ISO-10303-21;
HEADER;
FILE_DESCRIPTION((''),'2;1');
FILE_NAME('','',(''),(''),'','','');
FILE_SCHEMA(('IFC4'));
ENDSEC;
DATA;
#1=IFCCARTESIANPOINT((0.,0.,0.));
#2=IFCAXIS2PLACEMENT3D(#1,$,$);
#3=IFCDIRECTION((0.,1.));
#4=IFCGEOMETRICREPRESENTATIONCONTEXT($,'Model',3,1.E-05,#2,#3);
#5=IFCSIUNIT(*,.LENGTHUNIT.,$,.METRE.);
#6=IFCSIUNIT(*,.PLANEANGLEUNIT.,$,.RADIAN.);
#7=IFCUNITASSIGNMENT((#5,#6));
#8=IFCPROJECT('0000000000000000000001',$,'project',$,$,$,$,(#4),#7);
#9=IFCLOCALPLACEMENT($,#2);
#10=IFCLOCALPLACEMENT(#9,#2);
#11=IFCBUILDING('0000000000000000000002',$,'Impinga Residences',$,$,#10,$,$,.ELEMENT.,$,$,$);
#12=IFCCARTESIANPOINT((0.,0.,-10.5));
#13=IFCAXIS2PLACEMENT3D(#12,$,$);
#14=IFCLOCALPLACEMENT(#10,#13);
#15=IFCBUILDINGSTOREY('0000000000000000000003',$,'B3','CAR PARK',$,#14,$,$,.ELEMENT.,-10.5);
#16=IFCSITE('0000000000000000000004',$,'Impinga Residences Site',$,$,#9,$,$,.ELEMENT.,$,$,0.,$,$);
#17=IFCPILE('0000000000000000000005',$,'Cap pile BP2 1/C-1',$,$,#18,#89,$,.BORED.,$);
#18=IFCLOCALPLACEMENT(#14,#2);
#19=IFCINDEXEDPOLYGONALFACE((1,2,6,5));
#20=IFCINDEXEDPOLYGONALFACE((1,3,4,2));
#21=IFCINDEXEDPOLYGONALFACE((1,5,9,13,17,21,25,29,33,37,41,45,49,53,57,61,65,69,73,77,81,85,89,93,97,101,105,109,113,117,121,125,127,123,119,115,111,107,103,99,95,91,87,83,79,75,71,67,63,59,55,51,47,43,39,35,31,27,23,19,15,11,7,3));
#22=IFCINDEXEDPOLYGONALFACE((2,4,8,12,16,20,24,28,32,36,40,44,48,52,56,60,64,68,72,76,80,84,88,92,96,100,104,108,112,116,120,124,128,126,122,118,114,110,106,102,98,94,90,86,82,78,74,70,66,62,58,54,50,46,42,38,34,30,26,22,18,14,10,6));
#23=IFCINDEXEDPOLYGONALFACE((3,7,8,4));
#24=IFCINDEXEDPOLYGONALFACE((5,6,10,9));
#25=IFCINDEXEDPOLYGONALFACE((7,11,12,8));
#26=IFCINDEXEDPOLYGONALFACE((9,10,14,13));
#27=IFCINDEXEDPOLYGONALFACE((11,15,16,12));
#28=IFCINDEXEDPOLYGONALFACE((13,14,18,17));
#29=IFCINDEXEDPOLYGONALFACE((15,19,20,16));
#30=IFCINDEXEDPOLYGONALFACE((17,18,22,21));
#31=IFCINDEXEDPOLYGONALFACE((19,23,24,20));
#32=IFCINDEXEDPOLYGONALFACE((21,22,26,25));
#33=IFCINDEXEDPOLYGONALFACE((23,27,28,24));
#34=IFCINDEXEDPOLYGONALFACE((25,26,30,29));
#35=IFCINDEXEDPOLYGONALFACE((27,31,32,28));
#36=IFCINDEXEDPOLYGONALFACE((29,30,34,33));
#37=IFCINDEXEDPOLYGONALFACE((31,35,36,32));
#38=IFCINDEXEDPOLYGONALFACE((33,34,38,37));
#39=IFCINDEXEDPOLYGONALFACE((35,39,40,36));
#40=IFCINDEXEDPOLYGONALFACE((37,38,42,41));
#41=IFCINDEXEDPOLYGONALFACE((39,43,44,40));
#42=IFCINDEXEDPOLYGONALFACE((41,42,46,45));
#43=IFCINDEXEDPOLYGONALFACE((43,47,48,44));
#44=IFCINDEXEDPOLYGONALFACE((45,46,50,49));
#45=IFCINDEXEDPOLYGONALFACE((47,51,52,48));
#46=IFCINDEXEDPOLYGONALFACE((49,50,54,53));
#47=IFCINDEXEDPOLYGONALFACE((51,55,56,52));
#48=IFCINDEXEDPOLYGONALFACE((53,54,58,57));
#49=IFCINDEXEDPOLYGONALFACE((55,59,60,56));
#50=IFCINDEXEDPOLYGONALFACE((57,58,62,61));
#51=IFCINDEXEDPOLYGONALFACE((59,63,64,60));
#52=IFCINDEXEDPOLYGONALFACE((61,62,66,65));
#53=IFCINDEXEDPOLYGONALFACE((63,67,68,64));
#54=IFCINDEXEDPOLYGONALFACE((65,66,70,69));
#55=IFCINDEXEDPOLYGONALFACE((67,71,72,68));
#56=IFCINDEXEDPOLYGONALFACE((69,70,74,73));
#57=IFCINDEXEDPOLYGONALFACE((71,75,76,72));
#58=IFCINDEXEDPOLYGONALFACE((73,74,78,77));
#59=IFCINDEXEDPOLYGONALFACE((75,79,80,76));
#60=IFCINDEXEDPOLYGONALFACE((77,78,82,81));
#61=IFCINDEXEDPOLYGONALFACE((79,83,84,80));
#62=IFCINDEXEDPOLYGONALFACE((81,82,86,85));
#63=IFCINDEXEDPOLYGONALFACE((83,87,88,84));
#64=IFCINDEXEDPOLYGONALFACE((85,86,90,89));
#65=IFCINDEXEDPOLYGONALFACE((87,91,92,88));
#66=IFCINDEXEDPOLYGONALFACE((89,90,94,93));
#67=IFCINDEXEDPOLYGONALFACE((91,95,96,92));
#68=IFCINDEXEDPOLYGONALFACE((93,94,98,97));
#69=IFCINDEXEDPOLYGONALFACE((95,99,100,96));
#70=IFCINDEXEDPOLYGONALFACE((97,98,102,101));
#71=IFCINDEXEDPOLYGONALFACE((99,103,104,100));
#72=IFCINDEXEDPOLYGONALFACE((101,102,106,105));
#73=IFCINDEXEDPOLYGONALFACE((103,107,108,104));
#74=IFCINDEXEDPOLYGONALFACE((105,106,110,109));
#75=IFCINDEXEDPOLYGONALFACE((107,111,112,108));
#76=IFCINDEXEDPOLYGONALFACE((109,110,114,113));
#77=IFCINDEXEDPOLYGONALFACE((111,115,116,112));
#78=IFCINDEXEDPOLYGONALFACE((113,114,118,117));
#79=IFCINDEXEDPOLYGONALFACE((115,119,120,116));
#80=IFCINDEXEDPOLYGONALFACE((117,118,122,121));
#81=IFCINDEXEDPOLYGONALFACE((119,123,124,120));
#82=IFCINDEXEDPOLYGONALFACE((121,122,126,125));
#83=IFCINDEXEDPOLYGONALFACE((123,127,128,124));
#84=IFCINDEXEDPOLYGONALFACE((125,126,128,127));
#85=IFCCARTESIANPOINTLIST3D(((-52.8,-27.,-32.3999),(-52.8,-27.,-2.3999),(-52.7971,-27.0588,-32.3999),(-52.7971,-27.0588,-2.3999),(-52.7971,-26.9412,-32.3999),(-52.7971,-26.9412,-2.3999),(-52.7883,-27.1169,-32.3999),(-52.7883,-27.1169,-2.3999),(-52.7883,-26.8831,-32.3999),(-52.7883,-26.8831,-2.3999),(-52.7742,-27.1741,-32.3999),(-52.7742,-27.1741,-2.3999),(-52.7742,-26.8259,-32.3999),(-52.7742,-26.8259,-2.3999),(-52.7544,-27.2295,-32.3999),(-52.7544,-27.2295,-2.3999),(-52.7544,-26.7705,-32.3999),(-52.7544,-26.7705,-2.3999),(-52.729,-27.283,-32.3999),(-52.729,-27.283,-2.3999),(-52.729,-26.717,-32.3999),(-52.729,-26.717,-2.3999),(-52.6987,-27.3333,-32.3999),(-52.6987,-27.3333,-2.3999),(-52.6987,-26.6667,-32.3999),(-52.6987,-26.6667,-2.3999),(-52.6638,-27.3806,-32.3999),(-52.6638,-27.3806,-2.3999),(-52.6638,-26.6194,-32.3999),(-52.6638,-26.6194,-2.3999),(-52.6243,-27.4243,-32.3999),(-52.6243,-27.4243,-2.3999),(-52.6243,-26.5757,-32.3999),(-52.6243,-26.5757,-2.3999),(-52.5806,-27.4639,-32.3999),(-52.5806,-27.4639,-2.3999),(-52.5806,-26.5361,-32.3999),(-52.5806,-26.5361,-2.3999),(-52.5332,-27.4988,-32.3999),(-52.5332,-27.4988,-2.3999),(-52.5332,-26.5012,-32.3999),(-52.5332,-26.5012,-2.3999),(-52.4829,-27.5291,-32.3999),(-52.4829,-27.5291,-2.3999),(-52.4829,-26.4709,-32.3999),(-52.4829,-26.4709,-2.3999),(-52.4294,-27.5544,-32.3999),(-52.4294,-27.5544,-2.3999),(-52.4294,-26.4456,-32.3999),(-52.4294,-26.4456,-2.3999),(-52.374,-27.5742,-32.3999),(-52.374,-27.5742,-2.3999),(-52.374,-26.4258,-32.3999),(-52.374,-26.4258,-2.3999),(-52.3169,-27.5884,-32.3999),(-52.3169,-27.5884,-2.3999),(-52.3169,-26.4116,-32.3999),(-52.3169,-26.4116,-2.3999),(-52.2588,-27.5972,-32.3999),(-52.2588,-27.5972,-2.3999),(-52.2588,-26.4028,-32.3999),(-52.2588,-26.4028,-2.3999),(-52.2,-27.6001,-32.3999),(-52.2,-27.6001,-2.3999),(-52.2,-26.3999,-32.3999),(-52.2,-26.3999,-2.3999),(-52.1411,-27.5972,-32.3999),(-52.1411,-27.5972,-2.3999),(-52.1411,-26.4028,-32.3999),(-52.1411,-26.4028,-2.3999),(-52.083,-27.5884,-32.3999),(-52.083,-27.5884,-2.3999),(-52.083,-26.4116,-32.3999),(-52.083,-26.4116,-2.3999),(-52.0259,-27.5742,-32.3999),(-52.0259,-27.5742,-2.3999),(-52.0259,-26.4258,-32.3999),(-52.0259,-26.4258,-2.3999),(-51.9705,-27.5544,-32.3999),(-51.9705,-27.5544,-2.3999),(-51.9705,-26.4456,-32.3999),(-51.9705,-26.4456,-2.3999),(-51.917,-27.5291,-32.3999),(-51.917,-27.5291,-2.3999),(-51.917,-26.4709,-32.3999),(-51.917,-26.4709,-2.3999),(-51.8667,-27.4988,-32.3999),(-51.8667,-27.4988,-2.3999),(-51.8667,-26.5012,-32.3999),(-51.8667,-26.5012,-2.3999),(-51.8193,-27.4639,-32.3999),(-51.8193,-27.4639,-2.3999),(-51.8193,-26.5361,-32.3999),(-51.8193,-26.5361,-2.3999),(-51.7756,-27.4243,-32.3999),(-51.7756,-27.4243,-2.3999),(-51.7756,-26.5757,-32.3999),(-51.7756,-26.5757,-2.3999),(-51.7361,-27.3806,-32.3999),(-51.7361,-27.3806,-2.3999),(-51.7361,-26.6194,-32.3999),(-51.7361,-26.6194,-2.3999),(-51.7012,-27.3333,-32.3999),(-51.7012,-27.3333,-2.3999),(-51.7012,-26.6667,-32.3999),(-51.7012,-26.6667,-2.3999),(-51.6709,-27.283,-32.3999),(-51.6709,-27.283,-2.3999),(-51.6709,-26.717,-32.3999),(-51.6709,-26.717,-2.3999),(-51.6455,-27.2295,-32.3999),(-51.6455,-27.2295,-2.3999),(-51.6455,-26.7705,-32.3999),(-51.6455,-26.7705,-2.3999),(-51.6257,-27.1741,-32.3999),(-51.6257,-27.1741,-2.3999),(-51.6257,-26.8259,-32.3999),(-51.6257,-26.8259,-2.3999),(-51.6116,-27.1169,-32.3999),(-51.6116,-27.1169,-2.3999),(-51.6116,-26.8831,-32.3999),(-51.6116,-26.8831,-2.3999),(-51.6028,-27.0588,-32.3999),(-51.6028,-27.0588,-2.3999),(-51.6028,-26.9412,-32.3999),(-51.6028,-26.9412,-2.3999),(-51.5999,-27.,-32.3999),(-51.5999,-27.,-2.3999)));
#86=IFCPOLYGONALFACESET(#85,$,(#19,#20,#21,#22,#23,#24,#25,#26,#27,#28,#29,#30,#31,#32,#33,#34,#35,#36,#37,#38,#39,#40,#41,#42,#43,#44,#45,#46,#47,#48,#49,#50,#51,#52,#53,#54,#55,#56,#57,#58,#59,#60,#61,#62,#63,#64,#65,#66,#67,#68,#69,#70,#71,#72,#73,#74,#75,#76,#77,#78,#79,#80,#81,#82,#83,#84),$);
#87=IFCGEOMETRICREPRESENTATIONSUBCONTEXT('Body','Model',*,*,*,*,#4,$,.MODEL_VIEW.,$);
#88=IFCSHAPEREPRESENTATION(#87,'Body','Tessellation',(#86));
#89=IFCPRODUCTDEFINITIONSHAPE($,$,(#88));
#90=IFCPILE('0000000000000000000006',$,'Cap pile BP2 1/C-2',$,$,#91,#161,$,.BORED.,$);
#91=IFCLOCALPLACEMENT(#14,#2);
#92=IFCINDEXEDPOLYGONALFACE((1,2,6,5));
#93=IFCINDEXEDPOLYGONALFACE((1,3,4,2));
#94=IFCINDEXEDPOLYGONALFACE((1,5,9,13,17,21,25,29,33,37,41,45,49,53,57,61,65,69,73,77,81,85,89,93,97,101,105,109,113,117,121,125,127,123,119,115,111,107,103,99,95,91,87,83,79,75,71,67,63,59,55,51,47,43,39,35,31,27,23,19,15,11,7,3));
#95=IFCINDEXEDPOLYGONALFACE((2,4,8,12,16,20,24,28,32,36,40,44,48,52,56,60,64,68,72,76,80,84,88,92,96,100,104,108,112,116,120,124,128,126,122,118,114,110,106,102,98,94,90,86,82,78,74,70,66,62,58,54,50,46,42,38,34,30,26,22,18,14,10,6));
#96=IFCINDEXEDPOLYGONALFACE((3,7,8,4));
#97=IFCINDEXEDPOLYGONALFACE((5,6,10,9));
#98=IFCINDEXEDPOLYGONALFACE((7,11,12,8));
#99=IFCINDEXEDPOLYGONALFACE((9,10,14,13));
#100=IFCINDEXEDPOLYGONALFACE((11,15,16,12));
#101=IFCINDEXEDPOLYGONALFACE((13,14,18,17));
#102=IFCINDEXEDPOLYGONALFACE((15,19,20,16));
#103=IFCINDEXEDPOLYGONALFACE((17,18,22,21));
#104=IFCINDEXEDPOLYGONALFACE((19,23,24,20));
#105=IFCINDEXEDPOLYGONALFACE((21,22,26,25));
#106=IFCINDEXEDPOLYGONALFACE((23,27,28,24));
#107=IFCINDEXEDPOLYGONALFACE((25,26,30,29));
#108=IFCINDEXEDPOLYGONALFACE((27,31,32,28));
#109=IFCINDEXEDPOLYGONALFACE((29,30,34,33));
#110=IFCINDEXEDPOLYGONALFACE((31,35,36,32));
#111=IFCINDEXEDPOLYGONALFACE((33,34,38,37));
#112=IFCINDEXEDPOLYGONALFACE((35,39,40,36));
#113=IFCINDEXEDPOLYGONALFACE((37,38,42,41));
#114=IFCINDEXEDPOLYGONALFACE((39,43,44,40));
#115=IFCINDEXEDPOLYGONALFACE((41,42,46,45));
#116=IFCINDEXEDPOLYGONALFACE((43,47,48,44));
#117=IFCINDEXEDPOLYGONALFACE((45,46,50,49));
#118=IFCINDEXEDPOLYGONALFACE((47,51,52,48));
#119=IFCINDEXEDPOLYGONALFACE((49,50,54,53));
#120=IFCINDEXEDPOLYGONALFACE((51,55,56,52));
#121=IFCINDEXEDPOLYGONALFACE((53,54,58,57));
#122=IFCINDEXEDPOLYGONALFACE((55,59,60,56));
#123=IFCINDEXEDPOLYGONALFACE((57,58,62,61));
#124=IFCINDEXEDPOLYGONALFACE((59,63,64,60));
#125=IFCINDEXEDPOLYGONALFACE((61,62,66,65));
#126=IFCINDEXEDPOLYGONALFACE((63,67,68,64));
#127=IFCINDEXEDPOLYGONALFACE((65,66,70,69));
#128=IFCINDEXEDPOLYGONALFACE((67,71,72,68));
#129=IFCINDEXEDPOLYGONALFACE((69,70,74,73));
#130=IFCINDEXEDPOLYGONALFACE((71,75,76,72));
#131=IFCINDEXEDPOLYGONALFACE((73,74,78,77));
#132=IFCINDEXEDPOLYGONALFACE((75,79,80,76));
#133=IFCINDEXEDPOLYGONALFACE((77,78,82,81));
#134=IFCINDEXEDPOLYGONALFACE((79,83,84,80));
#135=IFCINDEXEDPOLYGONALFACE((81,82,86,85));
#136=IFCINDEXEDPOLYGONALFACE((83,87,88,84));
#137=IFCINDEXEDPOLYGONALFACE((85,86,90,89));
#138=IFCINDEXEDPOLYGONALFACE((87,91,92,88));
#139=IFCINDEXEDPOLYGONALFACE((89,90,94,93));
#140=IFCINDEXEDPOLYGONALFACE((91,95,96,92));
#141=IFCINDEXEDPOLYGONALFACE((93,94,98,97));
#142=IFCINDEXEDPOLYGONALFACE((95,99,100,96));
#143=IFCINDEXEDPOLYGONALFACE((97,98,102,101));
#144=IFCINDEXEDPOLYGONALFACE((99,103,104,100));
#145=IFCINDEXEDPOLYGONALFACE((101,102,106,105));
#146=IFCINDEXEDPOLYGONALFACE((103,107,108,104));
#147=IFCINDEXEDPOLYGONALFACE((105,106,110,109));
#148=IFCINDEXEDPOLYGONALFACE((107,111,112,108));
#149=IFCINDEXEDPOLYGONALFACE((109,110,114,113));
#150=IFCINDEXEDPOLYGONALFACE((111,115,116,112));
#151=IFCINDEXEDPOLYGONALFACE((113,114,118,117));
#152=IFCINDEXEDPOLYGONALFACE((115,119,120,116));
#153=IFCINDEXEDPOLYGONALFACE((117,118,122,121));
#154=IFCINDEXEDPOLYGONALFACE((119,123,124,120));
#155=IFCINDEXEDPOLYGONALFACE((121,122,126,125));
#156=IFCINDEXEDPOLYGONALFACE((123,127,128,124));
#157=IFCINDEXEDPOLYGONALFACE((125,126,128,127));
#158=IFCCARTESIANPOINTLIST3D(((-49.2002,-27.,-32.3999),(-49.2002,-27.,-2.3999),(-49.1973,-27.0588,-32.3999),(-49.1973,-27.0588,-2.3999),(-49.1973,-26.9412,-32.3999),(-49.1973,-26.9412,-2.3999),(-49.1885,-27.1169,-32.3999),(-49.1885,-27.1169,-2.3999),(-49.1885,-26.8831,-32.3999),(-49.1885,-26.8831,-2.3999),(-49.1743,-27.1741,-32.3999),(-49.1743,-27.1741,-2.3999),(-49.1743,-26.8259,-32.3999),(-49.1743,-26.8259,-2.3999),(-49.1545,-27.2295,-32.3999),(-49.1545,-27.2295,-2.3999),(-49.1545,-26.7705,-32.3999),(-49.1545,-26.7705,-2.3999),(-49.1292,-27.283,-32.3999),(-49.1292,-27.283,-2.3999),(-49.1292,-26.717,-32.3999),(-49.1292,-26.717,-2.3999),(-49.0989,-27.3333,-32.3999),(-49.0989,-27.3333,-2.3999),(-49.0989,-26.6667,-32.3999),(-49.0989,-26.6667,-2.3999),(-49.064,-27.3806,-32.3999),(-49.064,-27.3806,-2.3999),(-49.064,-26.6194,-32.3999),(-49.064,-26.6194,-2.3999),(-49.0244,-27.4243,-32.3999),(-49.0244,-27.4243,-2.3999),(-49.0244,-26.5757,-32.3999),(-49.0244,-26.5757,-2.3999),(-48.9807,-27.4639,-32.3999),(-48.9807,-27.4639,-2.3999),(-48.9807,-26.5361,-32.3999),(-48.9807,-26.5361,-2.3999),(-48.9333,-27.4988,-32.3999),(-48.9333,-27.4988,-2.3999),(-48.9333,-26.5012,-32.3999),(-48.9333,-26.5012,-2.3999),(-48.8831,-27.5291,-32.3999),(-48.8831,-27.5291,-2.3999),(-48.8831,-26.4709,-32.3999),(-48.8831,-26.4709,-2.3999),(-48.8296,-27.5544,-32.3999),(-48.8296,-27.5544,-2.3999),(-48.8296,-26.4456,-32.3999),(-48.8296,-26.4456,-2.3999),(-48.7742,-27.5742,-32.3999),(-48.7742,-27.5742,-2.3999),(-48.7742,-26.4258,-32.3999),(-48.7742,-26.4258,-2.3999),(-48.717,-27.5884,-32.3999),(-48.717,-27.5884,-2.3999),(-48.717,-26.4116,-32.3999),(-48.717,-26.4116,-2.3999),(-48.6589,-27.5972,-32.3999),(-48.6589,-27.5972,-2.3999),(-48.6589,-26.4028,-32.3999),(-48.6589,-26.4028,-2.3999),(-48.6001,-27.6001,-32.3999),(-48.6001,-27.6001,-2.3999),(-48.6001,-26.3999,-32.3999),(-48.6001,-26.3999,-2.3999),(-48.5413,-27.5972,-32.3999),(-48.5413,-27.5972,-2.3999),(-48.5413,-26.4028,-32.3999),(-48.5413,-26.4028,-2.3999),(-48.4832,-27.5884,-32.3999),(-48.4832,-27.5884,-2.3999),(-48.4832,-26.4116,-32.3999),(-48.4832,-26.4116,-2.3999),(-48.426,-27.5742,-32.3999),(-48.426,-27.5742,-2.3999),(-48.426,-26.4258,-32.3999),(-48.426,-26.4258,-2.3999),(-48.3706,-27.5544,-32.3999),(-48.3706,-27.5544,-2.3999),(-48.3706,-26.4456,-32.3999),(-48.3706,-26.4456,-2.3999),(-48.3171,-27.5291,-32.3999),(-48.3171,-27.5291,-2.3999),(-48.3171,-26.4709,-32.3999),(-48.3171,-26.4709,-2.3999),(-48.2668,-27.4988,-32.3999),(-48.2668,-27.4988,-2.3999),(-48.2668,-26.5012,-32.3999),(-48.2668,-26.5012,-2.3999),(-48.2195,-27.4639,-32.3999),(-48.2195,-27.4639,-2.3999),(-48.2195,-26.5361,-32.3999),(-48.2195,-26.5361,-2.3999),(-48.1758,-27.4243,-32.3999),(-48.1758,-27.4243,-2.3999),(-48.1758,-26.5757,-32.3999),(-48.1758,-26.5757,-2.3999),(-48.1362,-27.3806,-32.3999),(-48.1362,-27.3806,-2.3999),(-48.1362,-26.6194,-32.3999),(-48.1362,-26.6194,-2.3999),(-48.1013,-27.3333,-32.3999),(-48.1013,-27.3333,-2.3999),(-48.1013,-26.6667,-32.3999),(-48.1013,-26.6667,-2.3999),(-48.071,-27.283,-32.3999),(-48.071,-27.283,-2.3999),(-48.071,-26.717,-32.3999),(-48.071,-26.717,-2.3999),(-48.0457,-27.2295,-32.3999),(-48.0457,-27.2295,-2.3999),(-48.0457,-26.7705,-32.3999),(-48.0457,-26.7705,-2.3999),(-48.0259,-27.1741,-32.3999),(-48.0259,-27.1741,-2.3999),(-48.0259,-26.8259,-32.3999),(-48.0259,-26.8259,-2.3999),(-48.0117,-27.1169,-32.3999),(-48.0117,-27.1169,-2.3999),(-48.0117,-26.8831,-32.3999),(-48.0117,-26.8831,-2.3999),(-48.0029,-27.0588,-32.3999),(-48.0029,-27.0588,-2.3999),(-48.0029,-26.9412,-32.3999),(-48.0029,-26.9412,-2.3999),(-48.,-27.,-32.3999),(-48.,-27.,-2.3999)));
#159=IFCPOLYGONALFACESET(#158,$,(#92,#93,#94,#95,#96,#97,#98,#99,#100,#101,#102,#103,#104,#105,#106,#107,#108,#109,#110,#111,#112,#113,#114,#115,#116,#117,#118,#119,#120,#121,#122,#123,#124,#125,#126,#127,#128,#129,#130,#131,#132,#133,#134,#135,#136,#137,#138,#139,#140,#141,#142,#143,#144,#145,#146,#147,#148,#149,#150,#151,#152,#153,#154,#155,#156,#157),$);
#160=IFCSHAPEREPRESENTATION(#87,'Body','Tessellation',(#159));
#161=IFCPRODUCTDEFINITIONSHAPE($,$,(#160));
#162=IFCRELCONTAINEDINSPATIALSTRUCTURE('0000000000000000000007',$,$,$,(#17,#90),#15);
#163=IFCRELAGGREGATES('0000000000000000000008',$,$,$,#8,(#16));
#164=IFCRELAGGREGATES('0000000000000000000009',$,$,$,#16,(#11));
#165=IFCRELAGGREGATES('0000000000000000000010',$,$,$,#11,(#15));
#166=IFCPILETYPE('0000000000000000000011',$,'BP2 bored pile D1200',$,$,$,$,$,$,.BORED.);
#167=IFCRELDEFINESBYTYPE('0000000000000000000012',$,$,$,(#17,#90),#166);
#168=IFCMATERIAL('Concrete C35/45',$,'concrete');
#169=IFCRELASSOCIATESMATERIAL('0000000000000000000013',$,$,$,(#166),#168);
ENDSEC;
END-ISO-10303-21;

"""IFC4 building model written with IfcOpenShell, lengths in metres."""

from ifc_helpers import new_model, si_unit, direction, frame, origin, origin_2d, place, context, subcontext, project, spatial, polyline, circle, outline, extrude, material, material_profile, profile_set, type_object, element, save


model = new_model("IFC4")

# Units and contexts
model_context = context("Model", 3, precision=1e-05, world=origin(), true_north=direction((0.0, 1.0)))
body_context = subcontext(model_context, "Body", "Model", "MODEL_VIEW")
ifc_project = project(units=[si_unit("LENGTHUNIT", "METRE"), si_unit("PLANEANGLEUNIT", "RADIAN")], contexts=[model_context])

# Site, building, storey
site_placement = place(None, origin())
site = spatial("IfcSite", under=ifc_project, at=site_placement, Name="Impinga Residences Site", CompositionType="ELEMENT", RefElevation=0.0)
building_placement = place(site_placement, origin())
building = spatial("IfcBuilding", under=site, at=building_placement, Name="Impinga Residences", CompositionType="ELEMENT")
storey_placement = place(building_placement, frame((0.0, 0.0, -10.5)))
storey = spatial("IfcBuildingStorey", under=building, at=storey_placement, Name="B3", Description="CAR PARK", CompositionType="ELEMENT", Elevation=-10.5)

# Piles
ifc_material_1 = material(Name="Concrete C35/45", Category="concrete")
ifc_material_profile_1 = material_profile(ifc_material_1, circle(Radius=0.6001, at=origin_2d()), Name="D1200")
ifc_profile_set_1 = profile_set([ifc_material_profile_1], Name="Concrete C35/45")
pile_type_1 = type_object("IfcPileType", Name="BP2 bored pile D1200", PredefinedType="BORED", material=ifc_profile_set_1)
pile_1_placement = place(storey_placement, frame((-52.2, -27.0, -2.3999), z_axis=(0.0, 0.0, -1.0), x_axis=(1.0, 0.0, 0.0)))
element("IfcPile", 1, at=pile_1_placement, inside=storey, type_object=pile_type_1, Name="Cap pile BP2 1/C-1", PredefinedType="BORED", context=body_context, shape_type="SweptSolid", body=[
    extrude(outline(polyline([(0.6001, 0.0), (0.5972, 0.0588), (0.5884, 0.1169), (0.5742, 0.1741), (0.5544, 0.2295), (0.5291, 0.283), (0.4988, 0.3333), (0.4639, 0.3806), (0.4243, 0.4243), (0.3806, 0.4639), (0.3333, 0.4988), (0.283, 0.5291), (0.2295, 0.5544), (0.1741, 0.5742), (0.1169, 0.5884), (0.0588, 0.5972), (0.0, 0.6001), (-0.0588, 0.5972), (-0.1169, 0.5884), (-0.1741, 0.5742), (-0.2295, 0.5544), (-0.283, 0.5291), (-0.3333, 0.4988), (-0.3806, 0.4639), (-0.4243, 0.4243), (-0.4639, 0.3806), (-0.4988, 0.3333), (-0.5291, 0.283), (-0.5544, 0.2295), (-0.5742, 0.1741), (-0.5884, 0.1169), (-0.5972, 0.0588), (-0.6001, 0.0), (-0.5972, -0.0588), (-0.5884, -0.1169), (-0.5742, -0.1741), (-0.5544, -0.2295), (-0.5291, -0.283), (-0.4988, -0.3333), (-0.4639, -0.3806), (-0.4243, -0.4243), (-0.3806, -0.4639), (-0.3333, -0.4988), (-0.283, -0.5291), (-0.2295, -0.5544), (-0.1741, -0.5742), (-0.1169, -0.5884), (-0.0588, -0.5972), (0.0, -0.6001), (0.0588, -0.5972), (0.1169, -0.5884), (0.1741, -0.5742), (0.2295, -0.5544), (0.283, -0.5291), (0.3333, -0.4988), (0.3806, -0.4639), (0.4243, -0.4243), (0.4639, -0.3806), (0.4988, -0.3333), (0.5291, -0.283), (0.5544, -0.2295), (0.5742, -0.1741), (0.5884, -0.1169), (0.5972, -0.0588), (0.6001, 0.0)])), origin(), (0.0, 0.0, 1.0), 30.0),
])
pile_2_placement = place(storey_placement, frame((-48.6001, -27.0, -2.3999), z_axis=(0.0, 0.0, -1.0), x_axis=(1.0, 0.0, 0.0)))
element("IfcPile", 2, at=pile_2_placement, inside=storey, type_object=pile_type_1, Name="Cap pile BP2 1/C-2", PredefinedType="BORED", context=body_context, shape_type="SweptSolid", body=[
    extrude(outline(polyline([(0.6001, 0.0), (0.5972, 0.0588), (0.5884, 0.1169), (0.5742, 0.1741), (0.5544, 0.2295), (0.5291, 0.283), (0.4988, 0.3333), (0.4639, 0.3806), (0.4243, 0.4243), (0.3806, 0.4639), (0.3333, 0.4988), (0.283, 0.5291), (0.2295, 0.5544), (0.1741, 0.5742), (0.1169, 0.5884), (0.0588, 0.5972), (0.0, 0.6001), (-0.0588, 0.5972), (-0.1169, 0.5884), (-0.1741, 0.5742), (-0.2295, 0.5544), (-0.283, 0.5291), (-0.3333, 0.4988), (-0.3806, 0.4639), (-0.4243, 0.4243), (-0.4639, 0.3806), (-0.4988, 0.3333), (-0.5291, 0.283), (-0.5544, 0.2295), (-0.5742, 0.1741), (-0.5884, 0.1169), (-0.5972, 0.0588), (-0.6001, 0.0), (-0.5972, -0.0588), (-0.5884, -0.1169), (-0.5742, -0.1741), (-0.5544, -0.2295), (-0.5291, -0.283), (-0.4988, -0.3333), (-0.4639, -0.3806), (-0.4243, -0.4243), (-0.3806, -0.4639), (-0.3333, -0.4988), (-0.283, -0.5291), (-0.2295, -0.5544), (-0.1741, -0.5742), (-0.1169, -0.5884), (-0.0588, -0.5972), (0.0, -0.6001), (0.0588, -0.5972), (0.1169, -0.5884), (0.1741, -0.5742), (0.2295, -0.5544), (0.283, -0.5291), (0.3333, -0.4988), (0.3806, -0.4639), (0.4243, -0.4243), (0.4639, -0.3806), (0.4988, -0.3333), (0.5291, -0.283), (0.5544, -0.2295), (0.5742, -0.1741), (0.5884, -0.1169), (0.5972, -0.0588), (0.6001, 0.0)])), origin(), (0.0, 0.0, 1.0), 30.0),
])

save(model, "model.ifc")
